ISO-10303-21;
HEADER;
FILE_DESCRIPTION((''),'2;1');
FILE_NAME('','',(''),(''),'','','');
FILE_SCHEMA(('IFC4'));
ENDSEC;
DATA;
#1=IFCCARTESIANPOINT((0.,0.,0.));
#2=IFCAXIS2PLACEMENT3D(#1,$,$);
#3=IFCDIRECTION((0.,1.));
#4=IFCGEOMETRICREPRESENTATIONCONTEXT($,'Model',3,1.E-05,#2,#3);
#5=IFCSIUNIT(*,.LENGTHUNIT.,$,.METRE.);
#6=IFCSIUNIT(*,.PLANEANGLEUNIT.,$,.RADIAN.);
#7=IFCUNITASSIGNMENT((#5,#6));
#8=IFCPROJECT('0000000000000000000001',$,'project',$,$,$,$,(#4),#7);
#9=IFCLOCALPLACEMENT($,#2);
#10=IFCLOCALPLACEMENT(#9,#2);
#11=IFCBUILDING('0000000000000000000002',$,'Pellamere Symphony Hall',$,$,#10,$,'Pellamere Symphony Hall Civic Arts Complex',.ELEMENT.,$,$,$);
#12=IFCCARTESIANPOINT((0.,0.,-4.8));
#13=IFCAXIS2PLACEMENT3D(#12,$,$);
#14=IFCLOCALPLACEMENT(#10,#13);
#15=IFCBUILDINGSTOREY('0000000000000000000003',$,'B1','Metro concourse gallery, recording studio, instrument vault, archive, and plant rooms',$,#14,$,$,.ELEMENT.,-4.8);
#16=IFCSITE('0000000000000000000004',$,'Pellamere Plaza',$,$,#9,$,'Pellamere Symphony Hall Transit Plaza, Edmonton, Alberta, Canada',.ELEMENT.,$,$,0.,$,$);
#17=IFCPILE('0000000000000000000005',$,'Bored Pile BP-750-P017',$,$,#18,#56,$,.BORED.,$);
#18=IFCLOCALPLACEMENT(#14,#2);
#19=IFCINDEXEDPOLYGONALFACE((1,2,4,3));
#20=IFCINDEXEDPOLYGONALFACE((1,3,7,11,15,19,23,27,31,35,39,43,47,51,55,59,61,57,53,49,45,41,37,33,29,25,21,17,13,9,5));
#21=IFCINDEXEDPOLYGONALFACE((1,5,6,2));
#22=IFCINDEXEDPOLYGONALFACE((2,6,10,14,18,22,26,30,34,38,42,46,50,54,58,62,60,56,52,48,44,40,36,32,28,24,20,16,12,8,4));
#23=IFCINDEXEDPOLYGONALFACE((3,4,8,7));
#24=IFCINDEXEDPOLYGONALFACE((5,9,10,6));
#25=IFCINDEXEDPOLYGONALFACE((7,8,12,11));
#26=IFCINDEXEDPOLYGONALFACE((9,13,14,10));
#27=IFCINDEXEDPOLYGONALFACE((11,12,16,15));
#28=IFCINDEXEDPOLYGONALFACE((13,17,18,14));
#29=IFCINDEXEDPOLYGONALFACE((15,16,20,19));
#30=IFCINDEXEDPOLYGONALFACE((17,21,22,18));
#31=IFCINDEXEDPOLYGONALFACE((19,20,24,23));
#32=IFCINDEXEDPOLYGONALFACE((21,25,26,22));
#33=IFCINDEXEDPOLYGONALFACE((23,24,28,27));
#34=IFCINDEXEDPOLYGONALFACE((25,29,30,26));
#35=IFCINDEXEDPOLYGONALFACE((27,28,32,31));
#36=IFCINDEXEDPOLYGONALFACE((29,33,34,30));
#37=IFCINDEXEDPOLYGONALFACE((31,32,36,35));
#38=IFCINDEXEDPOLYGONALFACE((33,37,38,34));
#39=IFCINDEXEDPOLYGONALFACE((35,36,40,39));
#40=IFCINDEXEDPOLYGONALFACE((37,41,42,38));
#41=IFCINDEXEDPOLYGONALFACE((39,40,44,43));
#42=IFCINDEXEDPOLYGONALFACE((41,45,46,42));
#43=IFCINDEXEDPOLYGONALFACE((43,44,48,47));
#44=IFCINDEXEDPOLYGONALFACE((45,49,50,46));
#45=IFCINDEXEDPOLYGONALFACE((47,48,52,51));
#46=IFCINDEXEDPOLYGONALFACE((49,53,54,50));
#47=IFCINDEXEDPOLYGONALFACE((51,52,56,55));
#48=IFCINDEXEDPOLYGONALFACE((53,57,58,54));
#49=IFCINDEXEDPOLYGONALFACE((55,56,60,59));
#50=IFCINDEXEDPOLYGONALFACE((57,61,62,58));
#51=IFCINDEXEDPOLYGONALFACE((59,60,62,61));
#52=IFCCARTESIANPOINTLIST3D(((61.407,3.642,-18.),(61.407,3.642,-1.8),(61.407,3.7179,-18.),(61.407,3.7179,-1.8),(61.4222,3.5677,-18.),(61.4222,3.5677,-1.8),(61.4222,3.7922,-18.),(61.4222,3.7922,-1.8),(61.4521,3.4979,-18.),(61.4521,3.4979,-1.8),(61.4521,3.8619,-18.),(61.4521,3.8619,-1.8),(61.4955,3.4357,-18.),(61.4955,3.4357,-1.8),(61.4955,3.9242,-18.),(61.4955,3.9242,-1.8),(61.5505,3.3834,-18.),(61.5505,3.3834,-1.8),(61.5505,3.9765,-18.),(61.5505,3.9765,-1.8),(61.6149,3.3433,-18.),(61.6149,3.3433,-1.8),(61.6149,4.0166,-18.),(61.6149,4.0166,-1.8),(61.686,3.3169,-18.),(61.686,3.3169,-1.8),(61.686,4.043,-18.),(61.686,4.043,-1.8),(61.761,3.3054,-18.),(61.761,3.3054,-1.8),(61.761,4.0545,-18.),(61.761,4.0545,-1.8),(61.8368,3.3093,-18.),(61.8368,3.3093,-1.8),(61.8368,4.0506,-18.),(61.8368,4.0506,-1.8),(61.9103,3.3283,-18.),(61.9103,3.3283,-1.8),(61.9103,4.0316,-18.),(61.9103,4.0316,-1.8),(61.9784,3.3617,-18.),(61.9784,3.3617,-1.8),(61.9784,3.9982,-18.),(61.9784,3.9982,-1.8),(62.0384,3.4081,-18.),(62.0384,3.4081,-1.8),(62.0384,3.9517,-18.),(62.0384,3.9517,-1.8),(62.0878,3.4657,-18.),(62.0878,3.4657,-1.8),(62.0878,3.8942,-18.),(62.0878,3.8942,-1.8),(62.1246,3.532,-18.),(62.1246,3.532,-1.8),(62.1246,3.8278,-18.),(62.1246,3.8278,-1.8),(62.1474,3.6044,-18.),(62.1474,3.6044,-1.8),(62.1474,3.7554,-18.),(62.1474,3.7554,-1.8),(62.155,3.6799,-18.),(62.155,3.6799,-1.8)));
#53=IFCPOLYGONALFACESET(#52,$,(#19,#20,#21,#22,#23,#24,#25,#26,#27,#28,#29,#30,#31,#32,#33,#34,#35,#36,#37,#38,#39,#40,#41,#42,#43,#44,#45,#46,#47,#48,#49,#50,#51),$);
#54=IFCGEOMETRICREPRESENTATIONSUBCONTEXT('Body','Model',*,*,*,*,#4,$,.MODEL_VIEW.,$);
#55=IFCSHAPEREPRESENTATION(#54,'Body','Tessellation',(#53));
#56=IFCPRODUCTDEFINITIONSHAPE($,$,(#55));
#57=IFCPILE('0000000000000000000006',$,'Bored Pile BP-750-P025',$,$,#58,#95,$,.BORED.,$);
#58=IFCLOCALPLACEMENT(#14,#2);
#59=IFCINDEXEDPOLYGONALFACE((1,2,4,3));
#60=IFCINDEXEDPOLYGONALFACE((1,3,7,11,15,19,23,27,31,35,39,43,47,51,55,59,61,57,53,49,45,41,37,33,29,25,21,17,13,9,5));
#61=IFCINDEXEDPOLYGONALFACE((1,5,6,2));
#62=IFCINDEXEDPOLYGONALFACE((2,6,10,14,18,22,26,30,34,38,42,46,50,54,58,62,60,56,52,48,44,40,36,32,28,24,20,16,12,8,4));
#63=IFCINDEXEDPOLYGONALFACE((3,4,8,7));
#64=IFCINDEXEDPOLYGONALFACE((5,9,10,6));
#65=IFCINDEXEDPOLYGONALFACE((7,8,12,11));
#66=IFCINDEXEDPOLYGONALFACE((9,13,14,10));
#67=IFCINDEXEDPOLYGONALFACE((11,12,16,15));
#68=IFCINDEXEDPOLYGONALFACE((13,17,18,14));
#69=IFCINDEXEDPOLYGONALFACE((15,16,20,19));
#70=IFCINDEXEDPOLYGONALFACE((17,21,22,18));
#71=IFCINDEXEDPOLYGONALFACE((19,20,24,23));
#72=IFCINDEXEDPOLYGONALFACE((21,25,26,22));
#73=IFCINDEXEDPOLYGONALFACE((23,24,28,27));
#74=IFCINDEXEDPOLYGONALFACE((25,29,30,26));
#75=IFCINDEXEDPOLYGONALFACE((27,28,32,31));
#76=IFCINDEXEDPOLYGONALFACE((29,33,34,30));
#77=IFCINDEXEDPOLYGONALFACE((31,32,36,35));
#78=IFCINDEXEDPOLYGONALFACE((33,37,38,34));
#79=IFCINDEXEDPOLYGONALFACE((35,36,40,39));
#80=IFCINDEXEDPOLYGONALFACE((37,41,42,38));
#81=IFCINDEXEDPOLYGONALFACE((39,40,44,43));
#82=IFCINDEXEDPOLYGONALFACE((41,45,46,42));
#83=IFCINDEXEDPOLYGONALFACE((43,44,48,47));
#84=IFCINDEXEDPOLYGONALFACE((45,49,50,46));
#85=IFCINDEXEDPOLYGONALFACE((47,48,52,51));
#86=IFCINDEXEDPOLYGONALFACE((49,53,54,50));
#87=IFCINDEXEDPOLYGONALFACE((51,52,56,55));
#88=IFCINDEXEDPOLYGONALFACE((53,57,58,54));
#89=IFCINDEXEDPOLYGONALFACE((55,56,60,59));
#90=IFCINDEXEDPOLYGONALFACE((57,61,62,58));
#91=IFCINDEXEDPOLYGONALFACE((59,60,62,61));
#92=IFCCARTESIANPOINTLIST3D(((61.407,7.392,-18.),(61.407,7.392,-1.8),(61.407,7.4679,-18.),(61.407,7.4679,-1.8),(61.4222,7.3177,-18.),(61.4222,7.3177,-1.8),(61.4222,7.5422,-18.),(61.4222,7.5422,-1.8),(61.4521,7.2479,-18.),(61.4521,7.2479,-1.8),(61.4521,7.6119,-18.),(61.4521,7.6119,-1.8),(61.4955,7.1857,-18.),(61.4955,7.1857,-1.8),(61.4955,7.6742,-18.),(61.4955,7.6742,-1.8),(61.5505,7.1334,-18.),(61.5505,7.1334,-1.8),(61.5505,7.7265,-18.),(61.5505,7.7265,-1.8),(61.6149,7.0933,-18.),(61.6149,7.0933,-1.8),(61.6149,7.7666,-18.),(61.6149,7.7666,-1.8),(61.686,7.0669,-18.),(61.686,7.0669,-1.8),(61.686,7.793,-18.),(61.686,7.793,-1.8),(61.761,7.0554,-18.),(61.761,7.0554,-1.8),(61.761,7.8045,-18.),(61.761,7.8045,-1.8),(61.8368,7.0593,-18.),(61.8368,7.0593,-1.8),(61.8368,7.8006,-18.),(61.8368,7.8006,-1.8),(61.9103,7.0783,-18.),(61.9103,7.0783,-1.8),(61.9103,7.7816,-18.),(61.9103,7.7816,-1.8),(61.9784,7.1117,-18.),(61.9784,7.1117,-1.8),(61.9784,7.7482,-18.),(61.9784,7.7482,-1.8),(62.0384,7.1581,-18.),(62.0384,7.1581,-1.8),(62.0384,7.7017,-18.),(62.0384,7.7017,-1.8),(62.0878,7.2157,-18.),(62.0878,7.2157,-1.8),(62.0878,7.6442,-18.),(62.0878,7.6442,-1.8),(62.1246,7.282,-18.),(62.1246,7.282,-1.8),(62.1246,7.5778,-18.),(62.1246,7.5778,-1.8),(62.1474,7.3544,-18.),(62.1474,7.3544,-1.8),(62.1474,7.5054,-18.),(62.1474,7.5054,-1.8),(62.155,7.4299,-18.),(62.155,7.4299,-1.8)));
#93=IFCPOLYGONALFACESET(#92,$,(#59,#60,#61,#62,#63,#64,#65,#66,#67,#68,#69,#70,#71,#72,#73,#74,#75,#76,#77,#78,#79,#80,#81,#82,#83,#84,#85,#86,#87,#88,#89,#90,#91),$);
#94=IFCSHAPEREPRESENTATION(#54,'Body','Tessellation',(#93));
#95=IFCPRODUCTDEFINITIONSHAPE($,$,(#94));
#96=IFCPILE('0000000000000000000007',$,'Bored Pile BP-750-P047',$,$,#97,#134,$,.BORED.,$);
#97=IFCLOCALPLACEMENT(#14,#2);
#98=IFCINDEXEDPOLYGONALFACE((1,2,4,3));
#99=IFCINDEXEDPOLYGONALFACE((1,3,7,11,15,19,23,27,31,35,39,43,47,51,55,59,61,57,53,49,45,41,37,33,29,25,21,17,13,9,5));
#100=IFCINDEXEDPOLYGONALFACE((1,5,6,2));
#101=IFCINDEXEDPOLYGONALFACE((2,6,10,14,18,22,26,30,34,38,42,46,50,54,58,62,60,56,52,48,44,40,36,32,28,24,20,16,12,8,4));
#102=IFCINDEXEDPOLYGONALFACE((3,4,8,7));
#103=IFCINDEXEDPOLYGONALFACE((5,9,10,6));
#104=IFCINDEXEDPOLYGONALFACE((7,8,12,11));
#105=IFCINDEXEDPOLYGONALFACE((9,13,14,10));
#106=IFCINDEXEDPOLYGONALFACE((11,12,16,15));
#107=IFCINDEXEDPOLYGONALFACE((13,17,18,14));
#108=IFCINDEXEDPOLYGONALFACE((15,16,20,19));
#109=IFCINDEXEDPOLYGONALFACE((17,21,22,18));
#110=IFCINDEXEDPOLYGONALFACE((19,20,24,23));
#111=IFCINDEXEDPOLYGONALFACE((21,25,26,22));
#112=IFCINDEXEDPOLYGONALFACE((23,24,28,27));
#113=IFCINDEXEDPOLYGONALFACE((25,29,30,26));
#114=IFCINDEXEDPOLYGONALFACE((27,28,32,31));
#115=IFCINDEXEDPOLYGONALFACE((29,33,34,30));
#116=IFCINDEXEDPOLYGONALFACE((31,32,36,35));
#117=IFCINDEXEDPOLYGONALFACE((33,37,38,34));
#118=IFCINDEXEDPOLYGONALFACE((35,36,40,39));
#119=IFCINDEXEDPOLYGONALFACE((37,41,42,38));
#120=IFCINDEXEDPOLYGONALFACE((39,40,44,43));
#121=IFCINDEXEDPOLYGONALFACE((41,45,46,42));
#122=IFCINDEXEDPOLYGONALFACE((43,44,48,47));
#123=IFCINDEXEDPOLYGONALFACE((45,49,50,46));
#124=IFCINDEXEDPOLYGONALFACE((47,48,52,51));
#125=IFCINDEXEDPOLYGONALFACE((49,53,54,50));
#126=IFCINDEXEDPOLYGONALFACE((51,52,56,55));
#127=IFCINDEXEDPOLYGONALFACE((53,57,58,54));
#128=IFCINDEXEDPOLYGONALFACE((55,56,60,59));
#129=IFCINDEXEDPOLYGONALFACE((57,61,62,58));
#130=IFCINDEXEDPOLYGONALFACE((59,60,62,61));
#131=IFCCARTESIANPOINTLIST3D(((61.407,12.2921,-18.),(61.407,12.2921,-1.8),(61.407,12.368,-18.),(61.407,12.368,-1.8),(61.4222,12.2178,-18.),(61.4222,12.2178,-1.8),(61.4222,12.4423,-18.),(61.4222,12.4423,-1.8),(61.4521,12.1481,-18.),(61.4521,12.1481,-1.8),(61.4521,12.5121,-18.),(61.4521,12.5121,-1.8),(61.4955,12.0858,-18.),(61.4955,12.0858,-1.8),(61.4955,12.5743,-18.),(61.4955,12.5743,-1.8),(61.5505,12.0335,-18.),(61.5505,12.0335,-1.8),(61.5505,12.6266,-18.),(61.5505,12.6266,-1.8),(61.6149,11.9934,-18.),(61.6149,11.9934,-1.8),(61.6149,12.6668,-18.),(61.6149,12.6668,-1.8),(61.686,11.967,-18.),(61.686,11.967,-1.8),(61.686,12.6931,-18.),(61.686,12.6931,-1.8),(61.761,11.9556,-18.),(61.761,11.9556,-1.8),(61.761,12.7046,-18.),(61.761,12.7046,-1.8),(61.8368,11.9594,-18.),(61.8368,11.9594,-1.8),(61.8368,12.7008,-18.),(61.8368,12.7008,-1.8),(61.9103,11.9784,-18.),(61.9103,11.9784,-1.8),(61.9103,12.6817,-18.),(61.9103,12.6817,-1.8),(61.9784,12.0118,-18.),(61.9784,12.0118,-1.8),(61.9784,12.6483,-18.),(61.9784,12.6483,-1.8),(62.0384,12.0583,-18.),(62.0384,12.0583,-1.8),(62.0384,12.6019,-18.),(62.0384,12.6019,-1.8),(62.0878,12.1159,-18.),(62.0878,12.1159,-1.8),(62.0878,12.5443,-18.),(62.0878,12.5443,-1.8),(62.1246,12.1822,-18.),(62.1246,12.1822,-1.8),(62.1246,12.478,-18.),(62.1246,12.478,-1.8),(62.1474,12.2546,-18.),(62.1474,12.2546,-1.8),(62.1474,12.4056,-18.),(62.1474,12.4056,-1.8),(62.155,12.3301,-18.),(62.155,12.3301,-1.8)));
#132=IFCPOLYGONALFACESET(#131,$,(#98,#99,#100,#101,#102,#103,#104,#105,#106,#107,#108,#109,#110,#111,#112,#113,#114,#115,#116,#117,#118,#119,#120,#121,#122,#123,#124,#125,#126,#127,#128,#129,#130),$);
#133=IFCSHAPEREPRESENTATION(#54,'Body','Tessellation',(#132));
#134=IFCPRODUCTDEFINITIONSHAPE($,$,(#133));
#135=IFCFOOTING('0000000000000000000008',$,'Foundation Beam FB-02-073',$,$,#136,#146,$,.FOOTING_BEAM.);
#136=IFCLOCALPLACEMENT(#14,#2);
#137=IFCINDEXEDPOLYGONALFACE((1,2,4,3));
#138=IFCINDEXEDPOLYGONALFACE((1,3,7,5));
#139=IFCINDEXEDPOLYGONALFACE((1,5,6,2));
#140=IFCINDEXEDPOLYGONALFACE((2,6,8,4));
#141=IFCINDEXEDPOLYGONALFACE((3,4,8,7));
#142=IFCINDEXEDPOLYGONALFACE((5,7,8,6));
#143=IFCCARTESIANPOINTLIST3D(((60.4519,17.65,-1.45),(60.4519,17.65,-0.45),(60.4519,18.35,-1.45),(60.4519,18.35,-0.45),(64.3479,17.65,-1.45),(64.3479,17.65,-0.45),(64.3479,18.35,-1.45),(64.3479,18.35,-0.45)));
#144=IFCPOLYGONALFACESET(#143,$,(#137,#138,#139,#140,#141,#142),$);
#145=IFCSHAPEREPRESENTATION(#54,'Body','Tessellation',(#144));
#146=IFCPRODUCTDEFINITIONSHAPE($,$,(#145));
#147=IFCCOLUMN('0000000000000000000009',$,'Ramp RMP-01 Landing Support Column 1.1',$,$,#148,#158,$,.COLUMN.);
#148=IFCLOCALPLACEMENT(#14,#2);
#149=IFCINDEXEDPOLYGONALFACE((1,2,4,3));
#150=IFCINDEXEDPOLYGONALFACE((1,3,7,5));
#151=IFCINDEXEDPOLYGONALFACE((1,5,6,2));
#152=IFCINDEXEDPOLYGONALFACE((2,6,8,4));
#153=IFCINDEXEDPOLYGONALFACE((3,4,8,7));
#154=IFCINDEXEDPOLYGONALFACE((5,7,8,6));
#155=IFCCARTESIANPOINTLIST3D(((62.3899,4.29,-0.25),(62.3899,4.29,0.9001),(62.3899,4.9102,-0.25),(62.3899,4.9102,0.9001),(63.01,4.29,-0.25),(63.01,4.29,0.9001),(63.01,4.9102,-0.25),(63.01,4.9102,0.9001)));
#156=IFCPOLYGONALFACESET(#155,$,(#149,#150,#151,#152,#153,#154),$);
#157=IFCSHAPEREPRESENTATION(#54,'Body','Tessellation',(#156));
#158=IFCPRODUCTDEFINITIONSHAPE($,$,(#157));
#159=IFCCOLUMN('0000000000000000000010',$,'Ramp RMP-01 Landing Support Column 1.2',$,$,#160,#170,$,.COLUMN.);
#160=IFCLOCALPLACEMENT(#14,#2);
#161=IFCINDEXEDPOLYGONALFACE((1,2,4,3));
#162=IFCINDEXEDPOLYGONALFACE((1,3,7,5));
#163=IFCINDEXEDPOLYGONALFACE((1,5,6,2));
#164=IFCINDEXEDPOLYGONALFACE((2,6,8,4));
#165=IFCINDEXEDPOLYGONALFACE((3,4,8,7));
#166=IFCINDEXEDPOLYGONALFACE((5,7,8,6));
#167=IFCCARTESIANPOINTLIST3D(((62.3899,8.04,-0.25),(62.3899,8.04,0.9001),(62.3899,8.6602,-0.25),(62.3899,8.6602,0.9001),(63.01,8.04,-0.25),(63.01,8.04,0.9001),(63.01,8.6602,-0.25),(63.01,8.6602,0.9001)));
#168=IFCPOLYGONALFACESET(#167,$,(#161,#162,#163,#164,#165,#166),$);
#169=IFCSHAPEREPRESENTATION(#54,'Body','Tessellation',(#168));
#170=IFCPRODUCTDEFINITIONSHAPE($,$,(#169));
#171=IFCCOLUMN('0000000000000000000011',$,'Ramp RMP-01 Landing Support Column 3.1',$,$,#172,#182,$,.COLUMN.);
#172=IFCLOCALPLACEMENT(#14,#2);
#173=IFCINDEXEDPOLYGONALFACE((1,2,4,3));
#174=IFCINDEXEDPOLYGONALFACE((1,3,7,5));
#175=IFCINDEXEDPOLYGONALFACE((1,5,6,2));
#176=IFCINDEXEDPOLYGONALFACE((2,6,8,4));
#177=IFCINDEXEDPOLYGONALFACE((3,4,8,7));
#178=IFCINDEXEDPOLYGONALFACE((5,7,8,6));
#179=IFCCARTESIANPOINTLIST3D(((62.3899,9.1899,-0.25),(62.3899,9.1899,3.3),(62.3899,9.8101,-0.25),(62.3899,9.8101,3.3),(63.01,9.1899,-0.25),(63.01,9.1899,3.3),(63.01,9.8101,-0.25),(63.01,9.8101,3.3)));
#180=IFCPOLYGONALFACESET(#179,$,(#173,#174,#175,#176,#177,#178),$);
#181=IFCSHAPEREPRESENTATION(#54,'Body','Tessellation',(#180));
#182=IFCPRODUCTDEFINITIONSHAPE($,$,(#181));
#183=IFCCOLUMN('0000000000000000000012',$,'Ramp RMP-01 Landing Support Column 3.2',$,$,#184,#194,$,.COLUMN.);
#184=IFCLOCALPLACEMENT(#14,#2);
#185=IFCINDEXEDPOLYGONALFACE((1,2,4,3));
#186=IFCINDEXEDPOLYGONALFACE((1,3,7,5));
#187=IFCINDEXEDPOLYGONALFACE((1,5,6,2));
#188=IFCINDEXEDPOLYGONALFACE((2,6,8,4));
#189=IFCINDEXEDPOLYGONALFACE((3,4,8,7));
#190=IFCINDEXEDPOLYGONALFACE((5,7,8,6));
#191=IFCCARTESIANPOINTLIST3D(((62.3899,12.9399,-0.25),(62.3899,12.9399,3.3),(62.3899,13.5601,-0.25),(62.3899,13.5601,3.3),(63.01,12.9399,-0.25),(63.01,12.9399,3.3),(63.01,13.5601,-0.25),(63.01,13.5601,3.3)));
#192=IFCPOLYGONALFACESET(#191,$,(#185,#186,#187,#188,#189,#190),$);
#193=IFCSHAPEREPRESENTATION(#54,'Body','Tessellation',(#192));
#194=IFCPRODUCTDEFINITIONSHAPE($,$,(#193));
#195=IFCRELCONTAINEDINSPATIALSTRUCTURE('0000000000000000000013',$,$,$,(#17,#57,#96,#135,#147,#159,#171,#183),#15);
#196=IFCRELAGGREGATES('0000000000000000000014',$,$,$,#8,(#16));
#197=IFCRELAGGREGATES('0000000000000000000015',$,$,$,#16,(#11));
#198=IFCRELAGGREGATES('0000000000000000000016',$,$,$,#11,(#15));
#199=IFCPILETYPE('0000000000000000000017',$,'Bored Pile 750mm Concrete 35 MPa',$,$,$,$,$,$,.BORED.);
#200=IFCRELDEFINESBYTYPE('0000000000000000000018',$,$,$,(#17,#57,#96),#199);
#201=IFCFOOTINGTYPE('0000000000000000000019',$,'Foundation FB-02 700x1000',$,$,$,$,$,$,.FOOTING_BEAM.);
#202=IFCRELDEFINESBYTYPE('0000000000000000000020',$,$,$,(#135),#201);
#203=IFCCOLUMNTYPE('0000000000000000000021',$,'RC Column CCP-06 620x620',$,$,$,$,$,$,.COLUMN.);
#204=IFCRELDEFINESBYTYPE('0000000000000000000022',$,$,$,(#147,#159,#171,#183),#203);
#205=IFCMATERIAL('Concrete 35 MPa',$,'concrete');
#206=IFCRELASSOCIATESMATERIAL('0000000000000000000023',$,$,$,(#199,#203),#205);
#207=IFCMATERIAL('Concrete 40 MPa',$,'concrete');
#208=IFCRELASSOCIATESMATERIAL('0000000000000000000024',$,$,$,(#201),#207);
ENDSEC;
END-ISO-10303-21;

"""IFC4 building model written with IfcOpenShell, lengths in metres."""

from ifc_helpers import new_model, si_unit, direction, frame, origin, origin_2d, place, context, subcontext, project, spatial, rectangle, circle, extrude, material, material_profile, profile_set, type_object, element, save


model = new_model("IFC4")

# Units and contexts
model_context = context("Model", 3, precision=1e-05, world=origin(), true_north=direction((0.0, 1.0)))
body_context = subcontext(model_context, "Body", "Model", "MODEL_VIEW")
ifc_project = project(units=[si_unit("LENGTHUNIT", "METRE"), si_unit("PLANEANGLEUNIT", "RADIAN")], contexts=[model_context])

# Site, building, storey
site_placement = place(None, origin())
site = spatial("IfcSite", under=ifc_project, at=site_placement, Name="Pellamere Plaza", LongName="Pellamere Symphony Hall Transit Plaza, Edmonton, Alberta, Canada", CompositionType="ELEMENT", RefElevation=0.0)
building_placement = place(site_placement, origin())
building = spatial("IfcBuilding", under=site, at=building_placement, Name="Pellamere Symphony Hall", LongName="Pellamere Symphony Hall Civic Arts Complex", CompositionType="ELEMENT")
storey_placement = place(building_placement, frame((0.0, 0.0, -4.8)))
storey = spatial("IfcBuildingStorey", under=building, at=storey_placement, Name="B1", Description="Metro concourse gallery, recording studio, instrument vault, archive, and plant rooms", CompositionType="ELEMENT", Elevation=-4.8)

# Piles
ifc_material_1 = material(Name="Concrete 35 MPa", Category="concrete")
ifc_material_profile_1 = material_profile(ifc_material_1, circle(Radius=0.375, at=origin_2d()), Name="PILE D750")
ifc_profile_set_1 = profile_set([ifc_material_profile_1], Name="Concrete 35 MPa")
pile_type = type_object("IfcPileType", Name="Bored Pile 750mm Concrete 35 MPa", PredefinedType="BORED", material=ifc_profile_set_1)
for number, where, z_axis, x_axis, name in (
    (1, (61.78, 3.6799, -1.8), (0.0, 0.0, -1.0), (1.0, 0.0, 0.0), "Bored Pile BP-750-P017"),
    (2, (61.78, 7.4299, -1.8), (0.0, 0.0, -1.0), (1.0, 0.0, 0.0), "Bored Pile BP-750-P025"),
    (3, (61.78, 12.3301, -1.8), (0.0, 0.0, -1.0), (1.0, 0.0, 0.0), "Bored Pile BP-750-P047"),
):
    element("IfcPile", number, at=place(storey_placement, frame(where, z_axis=z_axis, x_axis=x_axis)), inside=storey, type_object=pile_type, Name=name, PredefinedType="BORED", context=body_context, shape_type="SweptSolid", body=[
        extrude(circle(Radius=0.375, at=origin_2d()), origin(), (0.0, 0.0, 1.0), 16.2),
    ])

# Footing
ifc_material_2 = material(Name="Concrete 40 MPa", Category="concrete")
ifc_material_profile_2 = material_profile(ifc_material_2, rectangle(XDim=0.7, YDim=1.0, at=origin_2d()), Name="RC 700x1000")
ifc_profile_set_2 = profile_set([ifc_material_profile_2], Name="Concrete 40 MPa")
footing_type = type_object("IfcFootingType", Name="Foundation FB-02 700x1000", PredefinedType="FOOTING_BEAM", material=ifc_profile_set_2)
footing_placement = place(storey_placement, frame((60.4519, 18.0, -0.95), z_axis=(1.0, 0.0, 0.0), x_axis=(0.0, 1.0, 0.0)))
element("IfcFooting", 4, at=footing_placement, inside=storey, type_object=footing_type, Name="Foundation Beam FB-02-073", PredefinedType="FOOTING_BEAM", context=body_context, shape_type="SweptSolid", body=[
    extrude(rectangle(XDim=0.7, YDim=1.0, at=origin_2d()), origin(), (0.0, 0.0, 1.0), 3.896),
])

# Columns
ifc_material_profile_3 = material_profile(ifc_material_1, rectangle(XDim=0.6201, YDim=0.6201, at=origin_2d()), Name="RC 620x620")
ifc_profile_set_3 = profile_set([ifc_material_profile_3], Name="Concrete 35 MPa")
column_type = type_object("IfcColumnType", Name="RC Column CCP-06 620x620", PredefinedType="COLUMN", material=ifc_profile_set_3)
for number, where, z_axis, x_axis, name in (
    (5, (62.7, 4.6001, -0.25), (0.0, 0.0, 1.0), (1.0, 0.0, 0.0), "Ramp RMP-01 Landing Support Column 1.1"),
    (6, (62.7, 8.3501, -0.25), (0.0, 0.0, 1.0), (1.0, 0.0, 0.0), "Ramp RMP-01 Landing Support Column 1.2"),
):
    element("IfcColumn", number, at=place(storey_placement, frame(where, z_axis=z_axis, x_axis=x_axis)), inside=storey, type_object=column_type, Name=name, PredefinedType="COLUMN", context=body_context, shape_type="SweptSolid", body=[
        extrude(rectangle(XDim=0.6201, YDim=0.6201, at=origin_2d()), origin(), (0.0, 0.0, 1.0), 1.1501),
    ])
for number, where, z_axis, x_axis, name in (
    (7, (62.7, 9.5, -0.25), (0.0, 0.0, 1.0), (1.0, 0.0, 0.0), "Ramp RMP-01 Landing Support Column 3.1"),
    (8, (62.7, 13.25, -0.25), (0.0, 0.0, 1.0), (1.0, 0.0, 0.0), "Ramp RMP-01 Landing Support Column 3.2"),
):
    element("IfcColumn", number, at=place(storey_placement, frame(where, z_axis=z_axis, x_axis=x_axis)), inside=storey, type_object=column_type, Name=name, PredefinedType="COLUMN", context=body_context, shape_type="SweptSolid", body=[
        extrude(rectangle(XDim=0.6201, YDim=0.6201, at=origin_2d()), origin(), (0.0, 0.0, 1.0), 3.55),
    ])

save(model, "model.ifc")
